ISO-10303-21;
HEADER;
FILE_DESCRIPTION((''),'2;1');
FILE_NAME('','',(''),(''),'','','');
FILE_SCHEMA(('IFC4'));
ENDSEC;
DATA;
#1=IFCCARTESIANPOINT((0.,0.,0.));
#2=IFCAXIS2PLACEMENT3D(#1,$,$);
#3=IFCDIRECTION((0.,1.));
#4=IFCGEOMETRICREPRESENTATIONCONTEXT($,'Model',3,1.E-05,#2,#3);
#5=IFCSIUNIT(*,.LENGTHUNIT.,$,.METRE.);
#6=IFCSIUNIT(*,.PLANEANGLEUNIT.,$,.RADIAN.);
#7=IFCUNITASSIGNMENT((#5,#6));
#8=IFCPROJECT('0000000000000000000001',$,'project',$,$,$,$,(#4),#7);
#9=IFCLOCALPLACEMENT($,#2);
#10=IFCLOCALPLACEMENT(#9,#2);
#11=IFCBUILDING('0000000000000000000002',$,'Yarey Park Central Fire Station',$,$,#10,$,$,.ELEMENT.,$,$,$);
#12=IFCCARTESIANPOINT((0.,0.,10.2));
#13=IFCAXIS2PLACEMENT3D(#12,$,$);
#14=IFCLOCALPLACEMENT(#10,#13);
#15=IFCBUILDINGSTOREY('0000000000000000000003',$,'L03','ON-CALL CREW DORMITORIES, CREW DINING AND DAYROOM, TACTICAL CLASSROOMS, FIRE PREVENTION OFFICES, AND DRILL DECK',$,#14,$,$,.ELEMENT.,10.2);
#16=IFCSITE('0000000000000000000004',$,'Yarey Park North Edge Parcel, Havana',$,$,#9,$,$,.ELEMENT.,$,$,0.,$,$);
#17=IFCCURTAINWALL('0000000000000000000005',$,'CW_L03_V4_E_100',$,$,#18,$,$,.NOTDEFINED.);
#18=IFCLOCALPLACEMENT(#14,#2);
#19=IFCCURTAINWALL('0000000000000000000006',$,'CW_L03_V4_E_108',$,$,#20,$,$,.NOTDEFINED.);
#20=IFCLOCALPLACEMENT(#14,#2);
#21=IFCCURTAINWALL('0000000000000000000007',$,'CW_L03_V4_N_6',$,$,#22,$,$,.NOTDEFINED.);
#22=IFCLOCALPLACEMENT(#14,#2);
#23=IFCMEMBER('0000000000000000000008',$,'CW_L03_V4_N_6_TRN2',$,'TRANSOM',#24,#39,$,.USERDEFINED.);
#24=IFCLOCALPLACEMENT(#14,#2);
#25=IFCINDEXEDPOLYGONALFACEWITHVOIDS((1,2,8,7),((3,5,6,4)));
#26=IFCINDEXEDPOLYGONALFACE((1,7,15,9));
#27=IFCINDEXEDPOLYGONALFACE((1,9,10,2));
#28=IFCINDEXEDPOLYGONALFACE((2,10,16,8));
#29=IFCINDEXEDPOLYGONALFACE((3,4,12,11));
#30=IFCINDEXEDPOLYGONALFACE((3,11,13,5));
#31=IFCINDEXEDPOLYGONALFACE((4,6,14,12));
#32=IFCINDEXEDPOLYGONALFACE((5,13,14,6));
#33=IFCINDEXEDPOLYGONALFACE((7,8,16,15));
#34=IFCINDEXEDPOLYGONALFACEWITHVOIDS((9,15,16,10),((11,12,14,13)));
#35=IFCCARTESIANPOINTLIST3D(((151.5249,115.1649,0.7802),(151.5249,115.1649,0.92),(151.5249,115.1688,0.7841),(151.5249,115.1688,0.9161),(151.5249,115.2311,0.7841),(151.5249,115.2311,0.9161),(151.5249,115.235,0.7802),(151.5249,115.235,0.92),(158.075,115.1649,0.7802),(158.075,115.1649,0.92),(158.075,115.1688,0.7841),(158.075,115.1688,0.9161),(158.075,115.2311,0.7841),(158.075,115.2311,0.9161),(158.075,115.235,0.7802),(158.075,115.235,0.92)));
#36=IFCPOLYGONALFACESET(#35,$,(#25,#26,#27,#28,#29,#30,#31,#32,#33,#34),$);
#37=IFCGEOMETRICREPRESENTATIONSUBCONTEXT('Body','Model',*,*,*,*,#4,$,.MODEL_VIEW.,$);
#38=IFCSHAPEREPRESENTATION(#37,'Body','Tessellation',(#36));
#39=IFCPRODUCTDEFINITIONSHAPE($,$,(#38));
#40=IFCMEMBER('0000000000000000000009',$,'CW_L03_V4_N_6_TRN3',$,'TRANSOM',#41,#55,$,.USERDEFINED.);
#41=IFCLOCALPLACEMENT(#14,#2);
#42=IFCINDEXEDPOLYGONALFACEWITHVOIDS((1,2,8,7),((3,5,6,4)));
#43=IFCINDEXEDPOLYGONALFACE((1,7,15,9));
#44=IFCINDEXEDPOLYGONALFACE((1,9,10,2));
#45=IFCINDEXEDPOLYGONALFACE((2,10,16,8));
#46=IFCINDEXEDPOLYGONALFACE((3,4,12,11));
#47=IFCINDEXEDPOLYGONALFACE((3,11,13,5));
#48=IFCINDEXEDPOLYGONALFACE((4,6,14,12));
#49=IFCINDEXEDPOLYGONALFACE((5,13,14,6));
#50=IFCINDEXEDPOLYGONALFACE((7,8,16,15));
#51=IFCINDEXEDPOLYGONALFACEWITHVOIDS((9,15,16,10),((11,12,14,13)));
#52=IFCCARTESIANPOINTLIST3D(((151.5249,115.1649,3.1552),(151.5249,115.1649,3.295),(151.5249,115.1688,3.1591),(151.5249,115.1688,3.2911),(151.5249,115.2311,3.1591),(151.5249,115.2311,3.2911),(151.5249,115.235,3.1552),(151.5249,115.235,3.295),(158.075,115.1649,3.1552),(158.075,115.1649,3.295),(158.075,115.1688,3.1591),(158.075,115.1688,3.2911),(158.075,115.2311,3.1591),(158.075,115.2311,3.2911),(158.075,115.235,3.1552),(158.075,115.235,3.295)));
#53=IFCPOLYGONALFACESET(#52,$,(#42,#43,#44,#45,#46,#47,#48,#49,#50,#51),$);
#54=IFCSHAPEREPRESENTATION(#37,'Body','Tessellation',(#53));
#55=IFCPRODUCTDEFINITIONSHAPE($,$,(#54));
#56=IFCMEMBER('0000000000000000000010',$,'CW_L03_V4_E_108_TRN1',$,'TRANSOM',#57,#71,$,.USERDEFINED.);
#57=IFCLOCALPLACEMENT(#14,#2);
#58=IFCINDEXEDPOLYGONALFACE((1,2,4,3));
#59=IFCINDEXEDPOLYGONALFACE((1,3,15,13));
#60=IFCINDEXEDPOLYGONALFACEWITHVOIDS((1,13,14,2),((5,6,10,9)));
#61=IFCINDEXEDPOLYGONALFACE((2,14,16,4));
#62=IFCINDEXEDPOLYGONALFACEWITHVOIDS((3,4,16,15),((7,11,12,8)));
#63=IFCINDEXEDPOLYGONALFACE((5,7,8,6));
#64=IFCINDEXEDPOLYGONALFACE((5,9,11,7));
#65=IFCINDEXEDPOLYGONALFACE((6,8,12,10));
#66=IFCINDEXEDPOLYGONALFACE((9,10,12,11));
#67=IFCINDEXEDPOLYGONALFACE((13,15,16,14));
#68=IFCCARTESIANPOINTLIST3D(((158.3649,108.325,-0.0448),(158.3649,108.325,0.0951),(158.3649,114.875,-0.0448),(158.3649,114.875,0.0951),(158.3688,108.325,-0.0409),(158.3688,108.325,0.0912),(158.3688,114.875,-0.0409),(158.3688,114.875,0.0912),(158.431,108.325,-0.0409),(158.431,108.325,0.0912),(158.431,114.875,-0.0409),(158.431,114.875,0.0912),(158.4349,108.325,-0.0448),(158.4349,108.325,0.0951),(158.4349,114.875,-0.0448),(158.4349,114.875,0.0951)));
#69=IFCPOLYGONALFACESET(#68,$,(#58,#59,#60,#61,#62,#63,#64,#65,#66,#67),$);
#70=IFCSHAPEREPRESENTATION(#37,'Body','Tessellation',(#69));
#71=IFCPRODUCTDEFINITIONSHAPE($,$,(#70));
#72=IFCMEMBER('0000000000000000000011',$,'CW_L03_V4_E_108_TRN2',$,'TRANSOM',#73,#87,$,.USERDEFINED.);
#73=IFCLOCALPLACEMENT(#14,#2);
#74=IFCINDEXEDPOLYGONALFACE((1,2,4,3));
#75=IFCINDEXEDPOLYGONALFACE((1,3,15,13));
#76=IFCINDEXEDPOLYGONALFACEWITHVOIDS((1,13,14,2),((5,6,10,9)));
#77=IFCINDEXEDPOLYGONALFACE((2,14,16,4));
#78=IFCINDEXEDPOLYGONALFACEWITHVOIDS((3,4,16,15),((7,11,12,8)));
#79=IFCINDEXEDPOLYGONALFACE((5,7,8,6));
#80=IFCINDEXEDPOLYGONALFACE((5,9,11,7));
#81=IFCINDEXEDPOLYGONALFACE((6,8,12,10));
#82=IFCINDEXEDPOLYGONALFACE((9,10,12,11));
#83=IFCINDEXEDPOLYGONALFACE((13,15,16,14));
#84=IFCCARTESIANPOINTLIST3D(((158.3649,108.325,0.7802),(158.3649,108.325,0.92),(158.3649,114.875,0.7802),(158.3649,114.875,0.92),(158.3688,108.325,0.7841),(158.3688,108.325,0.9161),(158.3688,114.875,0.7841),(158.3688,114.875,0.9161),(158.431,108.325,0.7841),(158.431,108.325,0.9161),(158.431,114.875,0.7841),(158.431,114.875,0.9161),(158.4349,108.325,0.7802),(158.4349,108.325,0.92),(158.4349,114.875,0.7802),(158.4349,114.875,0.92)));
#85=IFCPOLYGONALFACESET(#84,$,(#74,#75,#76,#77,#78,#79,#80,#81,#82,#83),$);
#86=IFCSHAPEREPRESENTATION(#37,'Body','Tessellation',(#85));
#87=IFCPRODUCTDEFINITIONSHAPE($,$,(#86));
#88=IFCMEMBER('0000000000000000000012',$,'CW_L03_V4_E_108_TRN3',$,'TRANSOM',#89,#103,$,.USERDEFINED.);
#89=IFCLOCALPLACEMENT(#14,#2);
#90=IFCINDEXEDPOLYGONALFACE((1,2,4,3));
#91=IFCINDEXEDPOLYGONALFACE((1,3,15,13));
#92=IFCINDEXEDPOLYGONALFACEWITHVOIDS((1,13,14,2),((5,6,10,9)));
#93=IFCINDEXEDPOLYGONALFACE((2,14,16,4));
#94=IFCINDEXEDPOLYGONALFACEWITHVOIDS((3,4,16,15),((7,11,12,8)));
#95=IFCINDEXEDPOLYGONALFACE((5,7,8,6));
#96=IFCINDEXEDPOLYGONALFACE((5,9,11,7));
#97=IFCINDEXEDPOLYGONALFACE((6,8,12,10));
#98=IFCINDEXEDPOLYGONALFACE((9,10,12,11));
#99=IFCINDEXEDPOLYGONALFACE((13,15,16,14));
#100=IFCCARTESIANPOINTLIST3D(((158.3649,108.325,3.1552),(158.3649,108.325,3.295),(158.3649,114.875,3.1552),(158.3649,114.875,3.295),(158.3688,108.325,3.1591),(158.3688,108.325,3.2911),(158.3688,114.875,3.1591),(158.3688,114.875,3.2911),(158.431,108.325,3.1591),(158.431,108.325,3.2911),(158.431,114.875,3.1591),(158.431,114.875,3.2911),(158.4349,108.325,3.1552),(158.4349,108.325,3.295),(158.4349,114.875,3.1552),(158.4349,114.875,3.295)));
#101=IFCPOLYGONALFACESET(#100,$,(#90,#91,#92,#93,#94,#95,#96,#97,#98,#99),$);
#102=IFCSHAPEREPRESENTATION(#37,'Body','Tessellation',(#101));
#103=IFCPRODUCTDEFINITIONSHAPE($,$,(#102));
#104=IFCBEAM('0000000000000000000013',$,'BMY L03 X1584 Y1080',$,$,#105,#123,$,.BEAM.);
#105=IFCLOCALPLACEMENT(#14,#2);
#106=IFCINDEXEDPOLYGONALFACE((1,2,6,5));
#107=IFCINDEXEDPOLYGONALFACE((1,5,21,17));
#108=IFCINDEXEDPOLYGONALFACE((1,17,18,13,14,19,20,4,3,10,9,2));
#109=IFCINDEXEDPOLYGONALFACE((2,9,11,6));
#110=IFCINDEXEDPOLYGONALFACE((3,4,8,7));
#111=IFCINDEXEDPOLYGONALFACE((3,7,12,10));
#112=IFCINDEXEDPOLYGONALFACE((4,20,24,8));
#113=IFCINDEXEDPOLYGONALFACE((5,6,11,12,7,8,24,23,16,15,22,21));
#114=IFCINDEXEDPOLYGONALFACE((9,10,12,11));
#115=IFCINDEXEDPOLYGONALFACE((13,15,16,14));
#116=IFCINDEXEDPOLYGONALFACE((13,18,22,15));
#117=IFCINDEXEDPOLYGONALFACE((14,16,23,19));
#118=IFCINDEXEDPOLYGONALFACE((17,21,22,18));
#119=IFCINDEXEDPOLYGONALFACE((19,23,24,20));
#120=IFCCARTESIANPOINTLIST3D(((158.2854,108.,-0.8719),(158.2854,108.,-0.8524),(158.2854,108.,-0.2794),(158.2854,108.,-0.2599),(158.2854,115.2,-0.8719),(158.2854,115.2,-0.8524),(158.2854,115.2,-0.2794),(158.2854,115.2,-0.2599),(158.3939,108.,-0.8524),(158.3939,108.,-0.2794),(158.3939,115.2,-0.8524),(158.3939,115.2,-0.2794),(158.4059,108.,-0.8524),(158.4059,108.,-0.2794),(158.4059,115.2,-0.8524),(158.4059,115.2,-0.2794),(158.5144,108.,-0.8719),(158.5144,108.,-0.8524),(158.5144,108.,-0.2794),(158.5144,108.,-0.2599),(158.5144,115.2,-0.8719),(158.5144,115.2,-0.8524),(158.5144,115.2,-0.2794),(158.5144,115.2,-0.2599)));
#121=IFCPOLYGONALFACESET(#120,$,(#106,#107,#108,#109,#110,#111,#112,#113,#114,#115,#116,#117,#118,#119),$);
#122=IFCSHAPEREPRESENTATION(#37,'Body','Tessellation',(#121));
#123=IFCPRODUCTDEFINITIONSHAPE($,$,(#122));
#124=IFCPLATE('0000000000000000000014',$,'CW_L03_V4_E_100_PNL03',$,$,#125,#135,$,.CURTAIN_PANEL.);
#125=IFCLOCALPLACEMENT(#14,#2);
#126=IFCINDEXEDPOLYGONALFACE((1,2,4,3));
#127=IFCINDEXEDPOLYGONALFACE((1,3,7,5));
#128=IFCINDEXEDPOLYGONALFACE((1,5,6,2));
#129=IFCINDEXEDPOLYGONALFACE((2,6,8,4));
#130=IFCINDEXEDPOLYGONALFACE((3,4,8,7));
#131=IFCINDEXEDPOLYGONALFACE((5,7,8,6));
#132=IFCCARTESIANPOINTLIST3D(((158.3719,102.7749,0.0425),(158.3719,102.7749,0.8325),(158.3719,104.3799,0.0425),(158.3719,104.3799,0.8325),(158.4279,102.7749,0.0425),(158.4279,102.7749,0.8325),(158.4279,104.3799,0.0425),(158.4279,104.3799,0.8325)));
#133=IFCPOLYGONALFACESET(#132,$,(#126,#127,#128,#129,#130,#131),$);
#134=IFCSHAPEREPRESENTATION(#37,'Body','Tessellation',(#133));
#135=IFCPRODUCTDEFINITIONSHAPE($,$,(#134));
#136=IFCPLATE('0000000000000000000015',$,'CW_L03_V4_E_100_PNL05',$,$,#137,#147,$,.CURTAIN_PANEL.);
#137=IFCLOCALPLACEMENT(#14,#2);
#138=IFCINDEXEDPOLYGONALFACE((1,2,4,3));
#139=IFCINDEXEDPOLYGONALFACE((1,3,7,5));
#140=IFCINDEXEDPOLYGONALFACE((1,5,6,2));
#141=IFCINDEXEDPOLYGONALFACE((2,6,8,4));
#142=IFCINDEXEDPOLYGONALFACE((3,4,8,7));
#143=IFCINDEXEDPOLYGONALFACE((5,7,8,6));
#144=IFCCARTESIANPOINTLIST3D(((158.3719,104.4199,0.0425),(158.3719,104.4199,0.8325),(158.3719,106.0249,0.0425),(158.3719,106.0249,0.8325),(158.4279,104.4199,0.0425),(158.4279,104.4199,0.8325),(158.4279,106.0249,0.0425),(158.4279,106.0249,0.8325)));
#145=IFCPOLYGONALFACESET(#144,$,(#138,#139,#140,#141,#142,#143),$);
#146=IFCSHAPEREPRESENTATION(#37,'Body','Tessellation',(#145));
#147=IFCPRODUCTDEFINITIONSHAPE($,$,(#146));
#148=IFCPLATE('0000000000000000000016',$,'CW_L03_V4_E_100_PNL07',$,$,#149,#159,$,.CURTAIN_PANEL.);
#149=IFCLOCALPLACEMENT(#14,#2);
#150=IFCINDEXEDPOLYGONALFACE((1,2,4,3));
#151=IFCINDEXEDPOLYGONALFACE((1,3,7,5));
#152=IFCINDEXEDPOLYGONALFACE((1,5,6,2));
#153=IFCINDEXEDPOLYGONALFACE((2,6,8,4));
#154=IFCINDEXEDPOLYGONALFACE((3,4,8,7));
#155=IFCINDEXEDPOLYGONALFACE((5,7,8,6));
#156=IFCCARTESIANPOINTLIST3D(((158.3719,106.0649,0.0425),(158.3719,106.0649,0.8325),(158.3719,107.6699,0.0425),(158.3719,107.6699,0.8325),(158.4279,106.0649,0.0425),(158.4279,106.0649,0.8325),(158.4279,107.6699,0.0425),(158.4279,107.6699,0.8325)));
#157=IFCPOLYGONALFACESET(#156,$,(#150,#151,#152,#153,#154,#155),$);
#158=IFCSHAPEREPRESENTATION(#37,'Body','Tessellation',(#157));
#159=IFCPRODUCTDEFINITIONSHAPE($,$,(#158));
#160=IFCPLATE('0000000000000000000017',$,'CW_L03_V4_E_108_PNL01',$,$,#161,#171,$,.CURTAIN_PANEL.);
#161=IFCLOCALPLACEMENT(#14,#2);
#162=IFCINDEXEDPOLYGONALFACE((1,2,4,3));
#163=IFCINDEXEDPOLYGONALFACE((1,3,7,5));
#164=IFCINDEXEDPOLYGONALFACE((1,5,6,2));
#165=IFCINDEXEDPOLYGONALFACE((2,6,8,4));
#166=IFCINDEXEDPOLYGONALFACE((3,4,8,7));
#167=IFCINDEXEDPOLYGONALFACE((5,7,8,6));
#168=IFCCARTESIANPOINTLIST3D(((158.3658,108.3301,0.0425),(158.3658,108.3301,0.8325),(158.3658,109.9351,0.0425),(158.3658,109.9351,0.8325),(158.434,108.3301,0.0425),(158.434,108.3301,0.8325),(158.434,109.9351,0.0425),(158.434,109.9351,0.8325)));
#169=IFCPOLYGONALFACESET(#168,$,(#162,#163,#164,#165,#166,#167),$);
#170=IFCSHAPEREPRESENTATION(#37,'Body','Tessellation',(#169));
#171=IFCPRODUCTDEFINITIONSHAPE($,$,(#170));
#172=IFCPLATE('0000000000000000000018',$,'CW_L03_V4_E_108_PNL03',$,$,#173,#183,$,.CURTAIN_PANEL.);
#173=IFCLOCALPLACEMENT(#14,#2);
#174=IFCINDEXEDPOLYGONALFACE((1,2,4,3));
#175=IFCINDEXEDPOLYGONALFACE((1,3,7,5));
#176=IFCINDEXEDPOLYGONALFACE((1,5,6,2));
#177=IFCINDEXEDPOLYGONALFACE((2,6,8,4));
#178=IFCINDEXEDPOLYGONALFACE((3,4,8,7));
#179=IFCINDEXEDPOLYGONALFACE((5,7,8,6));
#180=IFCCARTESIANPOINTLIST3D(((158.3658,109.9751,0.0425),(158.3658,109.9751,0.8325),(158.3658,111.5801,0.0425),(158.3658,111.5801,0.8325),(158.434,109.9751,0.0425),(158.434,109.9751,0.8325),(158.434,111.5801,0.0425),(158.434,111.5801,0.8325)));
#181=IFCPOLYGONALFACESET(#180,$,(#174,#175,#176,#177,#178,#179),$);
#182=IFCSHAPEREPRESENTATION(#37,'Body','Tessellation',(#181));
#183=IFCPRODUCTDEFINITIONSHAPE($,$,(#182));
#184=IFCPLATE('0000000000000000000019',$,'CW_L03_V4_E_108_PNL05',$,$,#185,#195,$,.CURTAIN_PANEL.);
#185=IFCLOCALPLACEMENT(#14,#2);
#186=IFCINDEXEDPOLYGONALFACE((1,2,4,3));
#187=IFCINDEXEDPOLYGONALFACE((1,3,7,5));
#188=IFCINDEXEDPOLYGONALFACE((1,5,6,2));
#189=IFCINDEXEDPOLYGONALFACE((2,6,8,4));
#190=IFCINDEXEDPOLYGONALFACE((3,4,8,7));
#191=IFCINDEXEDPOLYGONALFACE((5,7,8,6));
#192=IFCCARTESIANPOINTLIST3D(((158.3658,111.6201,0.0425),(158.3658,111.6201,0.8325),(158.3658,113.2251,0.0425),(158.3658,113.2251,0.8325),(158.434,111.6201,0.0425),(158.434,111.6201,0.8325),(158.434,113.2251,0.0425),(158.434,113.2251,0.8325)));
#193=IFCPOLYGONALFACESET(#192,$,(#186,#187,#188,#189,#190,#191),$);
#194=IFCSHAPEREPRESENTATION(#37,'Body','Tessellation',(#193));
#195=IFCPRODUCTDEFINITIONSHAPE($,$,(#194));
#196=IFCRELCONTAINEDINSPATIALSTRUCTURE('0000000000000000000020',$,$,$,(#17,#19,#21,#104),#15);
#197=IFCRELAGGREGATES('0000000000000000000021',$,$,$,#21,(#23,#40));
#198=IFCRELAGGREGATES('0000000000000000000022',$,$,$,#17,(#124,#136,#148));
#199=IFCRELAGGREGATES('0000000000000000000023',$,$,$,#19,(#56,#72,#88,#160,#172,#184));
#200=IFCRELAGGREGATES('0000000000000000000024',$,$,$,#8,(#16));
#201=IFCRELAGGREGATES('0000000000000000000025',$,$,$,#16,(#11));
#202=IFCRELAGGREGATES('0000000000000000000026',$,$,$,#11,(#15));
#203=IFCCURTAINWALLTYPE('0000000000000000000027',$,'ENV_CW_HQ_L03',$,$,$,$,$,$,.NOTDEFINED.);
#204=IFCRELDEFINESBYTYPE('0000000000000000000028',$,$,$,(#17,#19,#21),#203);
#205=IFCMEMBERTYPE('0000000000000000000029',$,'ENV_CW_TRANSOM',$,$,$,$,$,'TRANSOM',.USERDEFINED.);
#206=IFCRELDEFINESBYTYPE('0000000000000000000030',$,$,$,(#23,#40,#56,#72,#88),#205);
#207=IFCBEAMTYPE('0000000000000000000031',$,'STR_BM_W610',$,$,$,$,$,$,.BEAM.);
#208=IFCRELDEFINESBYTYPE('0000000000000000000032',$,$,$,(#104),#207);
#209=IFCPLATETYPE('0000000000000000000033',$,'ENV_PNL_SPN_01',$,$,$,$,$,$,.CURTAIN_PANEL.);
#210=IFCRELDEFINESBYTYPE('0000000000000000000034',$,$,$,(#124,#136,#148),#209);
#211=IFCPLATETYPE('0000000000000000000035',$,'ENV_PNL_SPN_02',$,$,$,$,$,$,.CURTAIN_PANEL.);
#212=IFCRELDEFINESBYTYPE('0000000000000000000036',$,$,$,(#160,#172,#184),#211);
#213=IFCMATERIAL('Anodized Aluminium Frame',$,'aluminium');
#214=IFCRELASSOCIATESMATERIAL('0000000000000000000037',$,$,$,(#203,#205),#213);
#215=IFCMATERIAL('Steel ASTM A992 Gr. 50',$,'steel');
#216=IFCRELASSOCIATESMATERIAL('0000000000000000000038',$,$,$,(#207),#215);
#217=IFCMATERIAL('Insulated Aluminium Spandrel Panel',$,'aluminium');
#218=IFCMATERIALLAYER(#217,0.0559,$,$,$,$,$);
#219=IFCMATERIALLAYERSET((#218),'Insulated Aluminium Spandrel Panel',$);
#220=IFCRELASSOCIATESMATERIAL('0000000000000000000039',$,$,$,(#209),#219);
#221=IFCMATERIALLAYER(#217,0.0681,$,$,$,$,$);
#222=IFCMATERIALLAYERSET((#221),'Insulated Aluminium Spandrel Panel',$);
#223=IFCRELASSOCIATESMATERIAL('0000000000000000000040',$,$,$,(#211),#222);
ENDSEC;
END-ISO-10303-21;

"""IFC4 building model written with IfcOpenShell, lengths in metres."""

from ifc_helpers import new_model, si_unit, direction, frame, origin, origin_2d, place, context, subcontext, project, spatial, rectangle, hollow_rectangle, i_section, extrude, material, layer, layer_set, material_profile, profile_set, type_object, element, aggregate, save


model = new_model("IFC4")

# Units and contexts
model_context = context("Model", 3, precision=1e-05, world=origin(), true_north=direction((0.0, 1.0)))
body_context = subcontext(model_context, "Body", "Model", "MODEL_VIEW")
ifc_project = project(units=[si_unit("LENGTHUNIT", "METRE"), si_unit("PLANEANGLEUNIT", "RADIAN")], contexts=[model_context])

# Site, building, storey
site_placement = place(None, origin())
site = spatial("IfcSite", under=ifc_project, at=site_placement, Name="Yarey Park North Edge Parcel, Havana", CompositionType="ELEMENT", RefElevation=0.0)
building_placement = place(site_placement, origin())
building = spatial("IfcBuilding", under=site, at=building_placement, Name="Yarey Park Central Fire Station", CompositionType="ELEMENT")
storey_placement = place(building_placement, frame((0.0, 0.0, 10.2)))
storey = spatial("IfcBuildingStorey", under=building, at=storey_placement, Name="L03", Description="ON-CALL CREW DORMITORIES, CREW DINING AND DAYROOM, TACTICAL CLASSROOMS, FIRE PREVENTION OFFICES, AND DRILL DECK", CompositionType="ELEMENT", Elevation=10.2)

# Curtain walls, members
ifc_material_1 = material(Name="Anodized Aluminium Frame", Category="aluminium")
curtain_wall_type = type_object("IfcCurtainWallType", Name="ENV_CW_HQ_L03", PredefinedType="NOTDEFINED", material=ifc_material_1)
curtain_wall_1_placement = place(storey_placement, origin())
curtain_wall_1 = element("IfcCurtainWall", 1, at=curtain_wall_1_placement, inside=storey, type_object=curtain_wall_type, Name="CW_L03_V4_E_100", PredefinedType="NOTDEFINED")
curtain_wall_2_placement = place(storey_placement, origin())
curtain_wall_2 = element("IfcCurtainWall", 2, at=curtain_wall_2_placement, inside=storey, type_object=curtain_wall_type, Name="CW_L03_V4_E_108", PredefinedType="NOTDEFINED")
curtain_wall_3_placement = place(storey_placement, origin())
curtain_wall_3 = element("IfcCurtainWall", 3, at=curtain_wall_3_placement, inside=storey, type_object=curtain_wall_type, Name="CW_L03_V4_N_6", PredefinedType="NOTDEFINED")
ifc_material_profile_1 = material_profile(ifc_material_1, hollow_rectangle(XDim=0.0701, YDim=0.1399, WallThickness=0.0039, at=origin_2d()), Name="ALU 140x70x4")
ifc_profile_set_1 = profile_set([ifc_material_profile_1], Name="Anodized Aluminium Frame")
member_type_1 = type_object("IfcMemberType", Name="ENV_CW_TRANSOM", ElementType="TRANSOM", PredefinedType="USERDEFINED", material=ifc_profile_set_1)
member_1_placement = place(storey_placement, frame((158.075, 115.2, 0.8501), z_axis=(-1.0, 0.0, 0.0), x_axis=(0.0, -1.0, 0.0)))
member_1 = element("IfcMember", 4, at=member_1_placement, type_object=member_type_1, Name="CW_L03_V4_N_6_TRN2", ObjectType="TRANSOM", PredefinedType="USERDEFINED", context=body_context, shape_type="SweptSolid", body=[
    extrude(hollow_rectangle(XDim=0.0701, YDim=0.1399, WallThickness=0.0039, at=origin_2d()), origin(), (0.0, 0.0, 1.0), 6.55),
])
member_2_placement = place(storey_placement, frame((158.075, 115.2, 3.2251), z_axis=(-1.0, 0.0, 0.0), x_axis=(0.0, -1.0, 0.0)))
member_2 = element("IfcMember", 5, at=member_2_placement, type_object=member_type_1, Name="CW_L03_V4_N_6_TRN3", ObjectType="TRANSOM", PredefinedType="USERDEFINED", context=body_context, shape_type="SweptSolid", body=[
    extrude(hollow_rectangle(XDim=0.0701, YDim=0.1399, WallThickness=0.0039, at=origin_2d()), origin(), (0.0, 0.0, 1.0), 6.55),
])
aggregate(curtain_wall_3, [member_1, member_2])

# Members
member_3_placement = place(storey_placement, frame((158.3999, 108.325, 0.0251), z_axis=(0.0, 1.0, 0.0), x_axis=(-1.0, 0.0, 0.0)))
member_3 = element("IfcMember", 6, at=member_3_placement, type_object=member_type_1, Name="CW_L03_V4_E_108_TRN1", ObjectType="TRANSOM", PredefinedType="USERDEFINED", context=body_context, shape_type="SweptSolid", body=[
    extrude(hollow_rectangle(XDim=0.0701, YDim=0.1399, WallThickness=0.0039, at=origin_2d()), origin(), (0.0, 0.0, 1.0), 6.55),
])
member_4_placement = place(storey_placement, frame((158.3999, 108.325, 0.8501), z_axis=(0.0, 1.0, 0.0), x_axis=(-1.0, 0.0, 0.0)))
member_4 = element("IfcMember", 7, at=member_4_placement, type_object=member_type_1, Name="CW_L03_V4_E_108_TRN2", ObjectType="TRANSOM", PredefinedType="USERDEFINED", context=body_context, shape_type="SweptSolid", body=[
    extrude(hollow_rectangle(XDim=0.0701, YDim=0.1399, WallThickness=0.0039, at=origin_2d()), origin(), (0.0, 0.0, 1.0), 6.55),
])
member_5_placement = place(storey_placement, frame((158.3999, 108.325, 3.2251), z_axis=(0.0, 1.0, 0.0), x_axis=(-1.0, 0.0, 0.0)))
member_5 = element("IfcMember", 8, at=member_5_placement, type_object=member_type_1, Name="CW_L03_V4_E_108_TRN3", ObjectType="TRANSOM", PredefinedType="USERDEFINED", context=body_context, shape_type="SweptSolid", body=[
    extrude(hollow_rectangle(XDim=0.0701, YDim=0.1399, WallThickness=0.0039, at=origin_2d()), origin(), (0.0, 0.0, 1.0), 6.55),
])

# Beam
ifc_material_2 = material(Name="Steel ASTM A992 Gr. 50", Category="steel")
ifc_material_profile_2 = material_profile(ifc_material_2, i_section(OverallWidth=0.229, OverallDepth=0.6121, WebThickness=0.012, FlangeThickness=0.0195, at=origin_2d()), Name="W610x125")
ifc_profile_set_2 = profile_set([ifc_material_profile_2], Name="Steel ASTM A992 Gr. 50")
beam_type = type_object("IfcBeamType", Name="STR_BM_W610", PredefinedType="BEAM", material=ifc_profile_set_2)
beam_placement = place(storey_placement, frame((158.3999, 108.0, -0.5659), z_axis=(0.0, 1.0, 0.0), x_axis=(-1.0, 0.0, 0.0)))
element("IfcBeam", 9, at=beam_placement, inside=storey, type_object=beam_type, Name="BMY L03 X1584 Y1080", PredefinedType="BEAM", context=body_context, shape_type="SweptSolid", body=[
    extrude(i_section(OverallWidth=0.229, OverallDepth=0.6121, WebThickness=0.012, FlangeThickness=0.0195, at=origin_2d()), origin(), (0.0, 0.0, 1.0), 7.2),
])

# Plates
ifc_material_3 = material(Name="Insulated Aluminium Spandrel Panel", Category="aluminium")
ifc_layer_1 = layer(ifc_material_3, 0.0559)
ifc_layer_set_1 = layer_set([ifc_layer_1], Name="Insulated Aluminium Spandrel Panel")
plate_type_1 = type_object("IfcPlateType", Name="ENV_PNL_SPN_01", PredefinedType="CURTAIN_PANEL", material=ifc_layer_set_1)
plate_1_placement = place(storey_placement, frame((158.3999, 103.5774, 0.0425), z_axis=(0.0, 0.0, 1.0), x_axis=(0.0, 1.0, 0.0)))
plate_1 = element("IfcPlate", 10, at=plate_1_placement, type_object=plate_type_1, Name="CW_L03_V4_E_100_PNL03", PredefinedType="CURTAIN_PANEL", context=body_context, shape_type="SweptSolid", body=[
    extrude(rectangle(XDim=1.605, YDim=0.0559, at=origin_2d()), origin(), (0.0, 0.0, 1.0), 0.79),
])
plate_2_placement = place(storey_placement, frame((158.3999, 105.2224, 0.0425), z_axis=(0.0, 0.0, 1.0), x_axis=(0.0, 1.0, 0.0)))
plate_2 = element("IfcPlate", 11, at=plate_2_placement, type_object=plate_type_1, Name="CW_L03_V4_E_100_PNL05", PredefinedType="CURTAIN_PANEL", context=body_context, shape_type="SweptSolid", body=[
    extrude(rectangle(XDim=1.605, YDim=0.0559, at=origin_2d()), origin(), (0.0, 0.0, 1.0), 0.79),
])
plate_3_placement = place(storey_placement, frame((158.3999, 106.8674, 0.0425), z_axis=(0.0, 0.0, 1.0), x_axis=(0.0, 1.0, 0.0)))
plate_3 = element("IfcPlate", 12, at=plate_3_placement, type_object=plate_type_1, Name="CW_L03_V4_E_100_PNL07", PredefinedType="CURTAIN_PANEL", context=body_context, shape_type="SweptSolid", body=[
    extrude(rectangle(XDim=1.605, YDim=0.0559, at=origin_2d()), origin(), (0.0, 0.0, 1.0), 0.79),
])
ifc_layer_2 = layer(ifc_material_3, 0.0681)
ifc_layer_set_2 = layer_set([ifc_layer_2], Name="Insulated Aluminium Spandrel Panel")
plate_type_2 = type_object("IfcPlateType", Name="ENV_PNL_SPN_02", PredefinedType="CURTAIN_PANEL", material=ifc_layer_set_2)
plate_4_placement = place(storey_placement, frame((158.3999, 109.1326, 0.0425), z_axis=(0.0, 0.0, 1.0), x_axis=(0.0, 1.0, 0.0)))
plate_4 = element("IfcPlate", 13, at=plate_4_placement, type_object=plate_type_2, Name="CW_L03_V4_E_108_PNL01", PredefinedType="CURTAIN_PANEL", context=body_context, shape_type="SweptSolid", body=[
    extrude(rectangle(XDim=1.605, YDim=0.0681, at=origin_2d()), origin(), (0.0, 0.0, 1.0), 0.79),
])
plate_5_placement = place(storey_placement, frame((158.3999, 110.7776, 0.0425), z_axis=(0.0, 0.0, 1.0), x_axis=(0.0, 1.0, 0.0)))
plate_5 = element("IfcPlate", 14, at=plate_5_placement, type_object=plate_type_2, Name="CW_L03_V4_E_108_PNL03", PredefinedType="CURTAIN_PANEL", context=body_context, shape_type="SweptSolid", body=[
    extrude(rectangle(XDim=1.605, YDim=0.0681, at=origin_2d()), origin(), (0.0, 0.0, 1.0), 0.79),
])
plate_6_placement = place(storey_placement, frame((158.3999, 112.4226, 0.0425), z_axis=(0.0, 0.0, 1.0), x_axis=(0.0, 1.0, 0.0)))
plate_6 = element("IfcPlate", 15, at=plate_6_placement, type_object=plate_type_2, Name="CW_L03_V4_E_108_PNL05", PredefinedType="CURTAIN_PANEL", context=body_context, shape_type="SweptSolid", body=[
    extrude(rectangle(XDim=1.605, YDim=0.0681, at=origin_2d()), origin(), (0.0, 0.0, 1.0), 0.79),
])
aggregate(curtain_wall_1, [plate_1, plate_2, plate_3])
aggregate(curtain_wall_2, [member_3, member_4, member_5, plate_4, plate_5, plate_6])

save(model, "model.ifc")
